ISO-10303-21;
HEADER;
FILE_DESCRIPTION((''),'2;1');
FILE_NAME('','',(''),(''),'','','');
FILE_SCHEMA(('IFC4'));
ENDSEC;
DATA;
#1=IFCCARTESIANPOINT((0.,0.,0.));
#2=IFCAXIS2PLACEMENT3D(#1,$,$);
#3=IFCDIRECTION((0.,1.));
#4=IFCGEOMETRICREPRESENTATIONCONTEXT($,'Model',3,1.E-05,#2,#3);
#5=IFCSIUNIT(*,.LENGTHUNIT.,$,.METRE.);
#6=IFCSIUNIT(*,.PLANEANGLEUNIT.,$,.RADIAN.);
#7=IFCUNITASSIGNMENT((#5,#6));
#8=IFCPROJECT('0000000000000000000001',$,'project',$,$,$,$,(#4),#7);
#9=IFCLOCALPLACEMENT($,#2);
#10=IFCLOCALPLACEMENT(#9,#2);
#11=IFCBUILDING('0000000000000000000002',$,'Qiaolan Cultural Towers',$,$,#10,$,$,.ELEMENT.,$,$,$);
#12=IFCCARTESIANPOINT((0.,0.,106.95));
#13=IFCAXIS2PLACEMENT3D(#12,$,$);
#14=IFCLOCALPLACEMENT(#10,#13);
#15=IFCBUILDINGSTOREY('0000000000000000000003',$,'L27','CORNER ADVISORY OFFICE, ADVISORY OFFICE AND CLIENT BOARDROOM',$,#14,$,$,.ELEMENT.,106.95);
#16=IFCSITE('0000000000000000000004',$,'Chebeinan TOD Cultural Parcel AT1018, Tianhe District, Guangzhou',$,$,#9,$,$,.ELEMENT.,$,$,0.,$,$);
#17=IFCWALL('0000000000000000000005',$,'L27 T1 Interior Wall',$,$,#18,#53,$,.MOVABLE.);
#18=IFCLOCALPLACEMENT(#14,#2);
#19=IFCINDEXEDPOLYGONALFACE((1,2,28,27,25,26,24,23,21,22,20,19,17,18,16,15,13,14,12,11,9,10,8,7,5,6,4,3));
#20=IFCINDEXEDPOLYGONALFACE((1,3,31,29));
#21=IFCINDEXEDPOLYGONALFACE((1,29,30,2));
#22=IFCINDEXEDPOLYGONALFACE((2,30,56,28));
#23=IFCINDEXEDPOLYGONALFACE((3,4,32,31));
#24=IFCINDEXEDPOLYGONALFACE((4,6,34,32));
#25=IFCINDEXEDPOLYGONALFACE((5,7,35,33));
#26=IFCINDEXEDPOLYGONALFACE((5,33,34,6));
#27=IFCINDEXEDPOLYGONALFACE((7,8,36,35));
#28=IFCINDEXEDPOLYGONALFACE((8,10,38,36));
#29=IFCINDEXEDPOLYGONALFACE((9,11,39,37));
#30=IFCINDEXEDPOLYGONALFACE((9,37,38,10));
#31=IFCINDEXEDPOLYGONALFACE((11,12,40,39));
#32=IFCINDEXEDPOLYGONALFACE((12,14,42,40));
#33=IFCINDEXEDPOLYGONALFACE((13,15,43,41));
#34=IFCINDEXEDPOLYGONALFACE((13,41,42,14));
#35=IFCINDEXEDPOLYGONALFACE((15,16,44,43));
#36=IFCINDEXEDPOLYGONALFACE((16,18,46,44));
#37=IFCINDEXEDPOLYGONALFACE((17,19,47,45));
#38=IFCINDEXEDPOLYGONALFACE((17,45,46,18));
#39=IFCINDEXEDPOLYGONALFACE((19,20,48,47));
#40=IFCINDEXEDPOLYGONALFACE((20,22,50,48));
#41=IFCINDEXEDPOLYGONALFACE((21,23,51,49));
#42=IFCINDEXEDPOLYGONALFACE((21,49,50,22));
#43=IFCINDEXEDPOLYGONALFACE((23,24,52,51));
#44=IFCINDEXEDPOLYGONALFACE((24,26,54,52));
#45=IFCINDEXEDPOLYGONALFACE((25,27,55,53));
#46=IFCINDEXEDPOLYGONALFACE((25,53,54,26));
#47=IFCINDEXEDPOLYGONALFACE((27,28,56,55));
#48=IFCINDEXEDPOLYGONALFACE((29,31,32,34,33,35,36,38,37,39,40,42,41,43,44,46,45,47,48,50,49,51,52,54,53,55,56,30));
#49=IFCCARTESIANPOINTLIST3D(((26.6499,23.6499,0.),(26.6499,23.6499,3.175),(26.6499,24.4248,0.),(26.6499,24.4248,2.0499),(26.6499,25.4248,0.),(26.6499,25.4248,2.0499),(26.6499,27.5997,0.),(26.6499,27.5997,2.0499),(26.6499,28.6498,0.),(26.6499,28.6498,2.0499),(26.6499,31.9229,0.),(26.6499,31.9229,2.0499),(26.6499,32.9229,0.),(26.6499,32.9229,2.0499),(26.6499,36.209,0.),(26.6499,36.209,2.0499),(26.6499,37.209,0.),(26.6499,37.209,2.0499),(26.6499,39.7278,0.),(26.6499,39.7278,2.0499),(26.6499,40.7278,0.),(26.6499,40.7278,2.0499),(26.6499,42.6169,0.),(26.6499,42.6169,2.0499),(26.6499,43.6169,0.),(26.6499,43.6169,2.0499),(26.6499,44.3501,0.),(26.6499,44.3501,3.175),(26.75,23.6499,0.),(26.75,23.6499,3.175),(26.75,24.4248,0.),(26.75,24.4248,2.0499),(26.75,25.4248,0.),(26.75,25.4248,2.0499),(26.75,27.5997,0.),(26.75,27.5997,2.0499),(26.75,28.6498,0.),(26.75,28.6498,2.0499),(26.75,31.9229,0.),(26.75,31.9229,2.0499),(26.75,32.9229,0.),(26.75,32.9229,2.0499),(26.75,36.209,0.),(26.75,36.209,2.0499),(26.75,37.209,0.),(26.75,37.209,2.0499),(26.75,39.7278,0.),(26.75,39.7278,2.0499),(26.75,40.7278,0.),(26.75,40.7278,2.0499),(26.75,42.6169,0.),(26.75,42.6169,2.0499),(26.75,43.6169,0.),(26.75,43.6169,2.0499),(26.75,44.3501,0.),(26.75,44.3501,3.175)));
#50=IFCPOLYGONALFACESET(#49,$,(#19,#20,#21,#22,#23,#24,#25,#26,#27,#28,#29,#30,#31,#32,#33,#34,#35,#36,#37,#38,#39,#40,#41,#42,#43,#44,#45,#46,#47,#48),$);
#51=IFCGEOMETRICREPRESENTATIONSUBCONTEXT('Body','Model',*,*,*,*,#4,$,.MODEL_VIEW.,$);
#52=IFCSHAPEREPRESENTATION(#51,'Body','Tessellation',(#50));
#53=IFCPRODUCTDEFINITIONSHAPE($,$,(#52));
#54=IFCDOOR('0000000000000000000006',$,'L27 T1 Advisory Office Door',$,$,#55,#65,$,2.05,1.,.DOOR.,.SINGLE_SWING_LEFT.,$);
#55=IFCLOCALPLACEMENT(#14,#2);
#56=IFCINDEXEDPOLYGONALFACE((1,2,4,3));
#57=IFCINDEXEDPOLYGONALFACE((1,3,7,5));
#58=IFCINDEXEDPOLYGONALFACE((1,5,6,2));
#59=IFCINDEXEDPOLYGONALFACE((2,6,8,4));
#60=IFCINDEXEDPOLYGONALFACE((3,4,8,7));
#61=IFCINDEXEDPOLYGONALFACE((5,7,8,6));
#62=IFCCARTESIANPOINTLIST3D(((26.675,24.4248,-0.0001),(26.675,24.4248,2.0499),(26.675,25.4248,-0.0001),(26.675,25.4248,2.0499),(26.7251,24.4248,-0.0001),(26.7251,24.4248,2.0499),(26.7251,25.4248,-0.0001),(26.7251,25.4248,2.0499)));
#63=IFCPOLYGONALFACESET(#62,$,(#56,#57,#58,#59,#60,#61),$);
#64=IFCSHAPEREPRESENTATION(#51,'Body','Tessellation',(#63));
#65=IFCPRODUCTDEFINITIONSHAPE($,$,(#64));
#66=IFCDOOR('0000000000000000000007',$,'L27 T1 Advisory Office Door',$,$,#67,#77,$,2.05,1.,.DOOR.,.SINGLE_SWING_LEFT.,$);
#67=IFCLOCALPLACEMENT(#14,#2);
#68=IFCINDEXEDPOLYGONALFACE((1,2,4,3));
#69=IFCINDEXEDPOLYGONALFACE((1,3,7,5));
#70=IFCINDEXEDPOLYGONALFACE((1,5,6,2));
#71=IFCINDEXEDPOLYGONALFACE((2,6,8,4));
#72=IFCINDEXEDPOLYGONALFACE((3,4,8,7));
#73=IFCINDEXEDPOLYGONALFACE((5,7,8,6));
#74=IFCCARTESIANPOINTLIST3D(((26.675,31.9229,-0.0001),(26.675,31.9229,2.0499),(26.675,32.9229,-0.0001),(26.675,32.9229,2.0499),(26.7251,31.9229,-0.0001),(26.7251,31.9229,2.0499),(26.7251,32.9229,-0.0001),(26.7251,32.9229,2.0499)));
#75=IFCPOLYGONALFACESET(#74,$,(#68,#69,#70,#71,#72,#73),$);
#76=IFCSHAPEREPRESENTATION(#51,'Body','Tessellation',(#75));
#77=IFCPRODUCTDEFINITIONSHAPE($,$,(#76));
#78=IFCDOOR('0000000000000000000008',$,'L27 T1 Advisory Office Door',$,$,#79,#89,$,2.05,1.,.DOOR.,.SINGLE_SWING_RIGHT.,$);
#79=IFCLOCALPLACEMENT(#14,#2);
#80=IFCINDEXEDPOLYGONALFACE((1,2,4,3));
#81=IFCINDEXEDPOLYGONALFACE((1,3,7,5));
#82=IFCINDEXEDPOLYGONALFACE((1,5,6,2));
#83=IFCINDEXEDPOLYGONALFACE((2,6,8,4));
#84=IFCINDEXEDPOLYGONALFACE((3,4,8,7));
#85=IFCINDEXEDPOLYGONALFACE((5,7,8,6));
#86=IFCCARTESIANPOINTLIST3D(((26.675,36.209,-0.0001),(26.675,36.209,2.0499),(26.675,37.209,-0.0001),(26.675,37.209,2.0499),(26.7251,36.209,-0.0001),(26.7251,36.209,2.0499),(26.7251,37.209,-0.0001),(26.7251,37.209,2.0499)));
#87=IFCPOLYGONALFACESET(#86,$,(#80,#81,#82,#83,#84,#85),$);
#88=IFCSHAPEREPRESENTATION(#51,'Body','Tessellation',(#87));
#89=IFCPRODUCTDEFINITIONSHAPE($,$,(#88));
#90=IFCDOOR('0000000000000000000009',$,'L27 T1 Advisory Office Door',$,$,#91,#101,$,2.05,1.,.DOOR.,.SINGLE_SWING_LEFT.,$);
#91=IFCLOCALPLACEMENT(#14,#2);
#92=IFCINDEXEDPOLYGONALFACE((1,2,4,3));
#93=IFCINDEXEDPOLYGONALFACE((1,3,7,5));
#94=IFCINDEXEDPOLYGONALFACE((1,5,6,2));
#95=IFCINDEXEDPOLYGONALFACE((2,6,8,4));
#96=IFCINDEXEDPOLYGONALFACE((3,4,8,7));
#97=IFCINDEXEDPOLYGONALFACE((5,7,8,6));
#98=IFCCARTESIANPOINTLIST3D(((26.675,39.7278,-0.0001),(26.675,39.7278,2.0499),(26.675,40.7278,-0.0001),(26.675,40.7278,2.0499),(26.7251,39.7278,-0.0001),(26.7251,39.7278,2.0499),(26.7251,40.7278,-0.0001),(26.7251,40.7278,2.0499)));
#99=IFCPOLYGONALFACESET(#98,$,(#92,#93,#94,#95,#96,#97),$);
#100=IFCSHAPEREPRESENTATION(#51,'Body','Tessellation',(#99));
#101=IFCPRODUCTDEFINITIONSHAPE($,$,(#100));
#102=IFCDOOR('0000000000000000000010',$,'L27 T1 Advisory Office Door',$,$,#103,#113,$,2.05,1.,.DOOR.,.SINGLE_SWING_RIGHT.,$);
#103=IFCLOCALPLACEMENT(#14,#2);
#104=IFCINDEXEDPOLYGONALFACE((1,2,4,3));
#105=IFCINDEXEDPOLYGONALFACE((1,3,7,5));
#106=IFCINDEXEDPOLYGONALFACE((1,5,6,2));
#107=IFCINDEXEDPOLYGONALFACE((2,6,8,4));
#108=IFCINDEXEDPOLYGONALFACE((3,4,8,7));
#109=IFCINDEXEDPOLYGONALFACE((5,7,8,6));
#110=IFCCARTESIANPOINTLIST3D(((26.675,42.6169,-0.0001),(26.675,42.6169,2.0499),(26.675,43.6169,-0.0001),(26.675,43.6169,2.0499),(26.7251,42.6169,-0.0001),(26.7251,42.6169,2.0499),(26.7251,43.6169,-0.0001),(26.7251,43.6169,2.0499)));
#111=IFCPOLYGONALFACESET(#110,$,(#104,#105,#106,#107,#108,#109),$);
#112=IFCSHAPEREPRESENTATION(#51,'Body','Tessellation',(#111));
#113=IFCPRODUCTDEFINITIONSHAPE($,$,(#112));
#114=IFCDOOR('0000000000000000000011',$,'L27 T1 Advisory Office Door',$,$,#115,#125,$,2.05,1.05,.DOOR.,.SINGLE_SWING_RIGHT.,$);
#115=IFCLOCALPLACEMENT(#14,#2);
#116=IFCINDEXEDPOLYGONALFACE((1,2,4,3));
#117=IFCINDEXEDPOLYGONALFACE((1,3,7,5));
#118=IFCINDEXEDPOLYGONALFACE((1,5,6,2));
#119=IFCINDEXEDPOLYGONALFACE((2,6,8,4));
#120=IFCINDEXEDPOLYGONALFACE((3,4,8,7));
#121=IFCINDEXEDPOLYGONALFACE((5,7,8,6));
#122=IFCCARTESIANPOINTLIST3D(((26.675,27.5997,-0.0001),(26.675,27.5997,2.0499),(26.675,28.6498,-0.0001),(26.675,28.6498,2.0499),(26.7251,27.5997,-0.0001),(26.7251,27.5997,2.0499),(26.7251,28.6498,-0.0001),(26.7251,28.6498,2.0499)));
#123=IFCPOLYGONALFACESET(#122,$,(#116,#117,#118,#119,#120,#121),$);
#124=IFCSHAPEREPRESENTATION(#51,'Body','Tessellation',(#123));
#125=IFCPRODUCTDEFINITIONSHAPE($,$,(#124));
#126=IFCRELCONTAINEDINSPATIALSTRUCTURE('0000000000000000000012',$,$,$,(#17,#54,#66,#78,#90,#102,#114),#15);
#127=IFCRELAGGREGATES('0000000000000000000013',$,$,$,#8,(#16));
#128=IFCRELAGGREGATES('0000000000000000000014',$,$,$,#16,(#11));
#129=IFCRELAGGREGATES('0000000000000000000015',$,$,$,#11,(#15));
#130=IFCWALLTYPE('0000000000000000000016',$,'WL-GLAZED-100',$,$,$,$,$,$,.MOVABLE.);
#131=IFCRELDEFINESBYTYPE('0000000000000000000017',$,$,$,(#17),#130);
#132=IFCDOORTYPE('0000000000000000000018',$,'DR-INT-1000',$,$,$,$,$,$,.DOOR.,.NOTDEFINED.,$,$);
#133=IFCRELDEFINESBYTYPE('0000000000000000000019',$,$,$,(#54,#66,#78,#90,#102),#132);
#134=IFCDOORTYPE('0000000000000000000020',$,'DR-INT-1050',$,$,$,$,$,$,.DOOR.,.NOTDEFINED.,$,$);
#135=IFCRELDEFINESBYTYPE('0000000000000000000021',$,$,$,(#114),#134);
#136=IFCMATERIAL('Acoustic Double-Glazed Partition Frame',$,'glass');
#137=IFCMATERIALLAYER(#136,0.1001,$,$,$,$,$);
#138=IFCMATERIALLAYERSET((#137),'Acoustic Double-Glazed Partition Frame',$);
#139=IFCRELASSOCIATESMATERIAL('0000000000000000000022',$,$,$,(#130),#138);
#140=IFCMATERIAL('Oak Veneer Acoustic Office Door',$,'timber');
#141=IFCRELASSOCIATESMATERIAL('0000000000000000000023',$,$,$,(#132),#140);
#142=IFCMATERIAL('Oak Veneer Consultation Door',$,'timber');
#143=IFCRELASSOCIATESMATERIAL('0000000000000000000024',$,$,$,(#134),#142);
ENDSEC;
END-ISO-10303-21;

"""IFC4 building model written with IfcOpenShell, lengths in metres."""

from ifc_helpers import new_model, si_unit, direction, frame, frame_2d, origin, place, context, subcontext, project, spatial, rectangle, extrude, material, layer, layer_set, type_object, element, fill, save


model = new_model("IFC4")

# Units and contexts
model_context = context("Model", 3, precision=1e-05, world=origin(), true_north=direction((0.0, 1.0)))
body_context = subcontext(model_context, "Body", "Model", "MODEL_VIEW")
ifc_project = project(units=[si_unit("LENGTHUNIT", "METRE"), si_unit("PLANEANGLEUNIT", "RADIAN")], contexts=[model_context])

# Site, building, storey
site_placement = place(None, origin())
site = spatial("IfcSite", under=ifc_project, at=site_placement, Name="Chebeinan TOD Cultural Parcel AT1018, Tianhe District, Guangzhou", CompositionType="ELEMENT", RefElevation=0.0)
building_placement = place(site_placement, origin())
building = spatial("IfcBuilding", under=site, at=building_placement, Name="Qiaolan Cultural Towers", CompositionType="ELEMENT")
storey_placement = place(building_placement, frame((0.0, 0.0, 106.95)))
storey = spatial("IfcBuildingStorey", under=building, at=storey_placement, Name="L27", Description="CORNER ADVISORY OFFICE, ADVISORY OFFICE AND CLIENT BOARDROOM", CompositionType="ELEMENT", Elevation=106.95)

# Shared definitions
ifc_material_1 = material(Name="Acoustic Double-Glazed Partition Frame", Category="glass")
ifc_layer_1 = layer(ifc_material_1, 0.1001)
ifc_layer_set_1 = layer_set([ifc_layer_1], Name="Acoustic Double-Glazed Partition Frame")
wall_type_1 = type_object("IfcWallType", Name="WL-GLAZED-100", PredefinedType="MOVABLE", material=ifc_layer_set_1)

# Wall, openings, doors
wall_1_placement = place(storey_placement, frame((26.7, 23.6499, 0.0), z_axis=(0.0, 0.0, 1.0), x_axis=(0.0, 1.0, 0.0)))
wall_1 = element("IfcWall", 1, at=wall_1_placement, inside=storey, type_object=wall_type_1, Name="L27 T1 Interior Wall", PredefinedType="MOVABLE", context=body_context, shape_type="SweptSolid", body=[
    extrude(rectangle(XDim=20.7002, YDim=0.1001, at=frame_2d((10.3501, 0.0))), origin(), (0.0, 0.0, 1.0), 3.175),
])
opening_1_placement = place(wall_1_placement, frame((0.7749, 0.0, 0.0)))
opening_1 = element("IfcOpeningElement", 2, at=opening_1_placement, cuts=wall_1, PredefinedType="OPENING", context=body_context, shape_type="SweptSolid", body=[
    extrude(rectangle(XDim=1.0, YDim=2.05, at=frame_2d((0.5, 1.0249))), frame((0.0, 0.0601, 0.0), z_axis=(0.0, -1.0, 0.0), x_axis=(1.0, 0.0, 0.0)), (0.0, 0.0, 1.0), 0.1201),
])
opening_2_placement = place(wall_1_placement, frame((3.95, 0.0, 0.0)))
opening_2 = element("IfcOpeningElement", 3, at=opening_2_placement, cuts=wall_1, PredefinedType="OPENING", context=body_context, shape_type="SweptSolid", body=[
    extrude(rectangle(XDim=1.05, YDim=2.05, at=frame_2d((0.5249, 1.0249))), frame((0.0, 0.0601, 0.0), z_axis=(0.0, -1.0, 0.0), x_axis=(1.0, 0.0, 0.0)), (0.0, 0.0, 1.0), 0.1201),
])
opening_3_placement = place(wall_1_placement, frame((8.2729, 0.0, 0.0)))
opening_3 = element("IfcOpeningElement", 4, at=opening_3_placement, cuts=wall_1, PredefinedType="OPENING", context=body_context, shape_type="SweptSolid", body=[
    extrude(rectangle(XDim=1.0, YDim=2.05, at=frame_2d((0.5, 1.0249))), frame((0.0, 0.0601, 0.0), z_axis=(0.0, -1.0, 0.0), x_axis=(1.0, 0.0, 0.0)), (0.0, 0.0, 1.0), 0.1201),
])
opening_4_placement = place(wall_1_placement, frame((12.5591, 0.0, 0.0)))
opening_4 = element("IfcOpeningElement", 5, at=opening_4_placement, cuts=wall_1, PredefinedType="OPENING", context=body_context, shape_type="SweptSolid", body=[
    extrude(rectangle(XDim=1.0, YDim=2.05, at=frame_2d((0.5, 1.0249))), frame((0.0, 0.0601, 0.0), z_axis=(0.0, -1.0, 0.0), x_axis=(1.0, 0.0, 0.0)), (0.0, 0.0, 1.0), 0.1201),
])
opening_5_placement = place(wall_1_placement, frame((16.0779, 0.0, 0.0)))
opening_5 = element("IfcOpeningElement", 6, at=opening_5_placement, cuts=wall_1, PredefinedType="OPENING", context=body_context, shape_type="SweptSolid", body=[
    extrude(rectangle(XDim=1.0, YDim=2.05, at=frame_2d((0.5, 1.0249))), frame((0.0, 0.0601, 0.0), z_axis=(0.0, -1.0, 0.0), x_axis=(1.0, 0.0, 0.0)), (0.0, 0.0, 1.0), 0.1201),
])
opening_6_placement = place(wall_1_placement, frame((18.967, 0.0, 0.0)))
opening_6 = element("IfcOpeningElement", 7, at=opening_6_placement, cuts=wall_1, PredefinedType="OPENING", context=body_context, shape_type="SweptSolid", body=[
    extrude(rectangle(XDim=1.0, YDim=2.05, at=frame_2d((0.5, 1.0249))), frame((0.0, 0.0601, 0.0), z_axis=(0.0, -1.0, 0.0), x_axis=(1.0, 0.0, 0.0)), (0.0, 0.0, 1.0), 0.1201),
])
ifc_material_2 = material(Name="Oak Veneer Acoustic Office Door", Category="timber")
door_type_1 = type_object("IfcDoorType", Name="DR-INT-1000", OperationType="NOTDEFINED", PredefinedType="DOOR", material=ifc_material_2)
door_1_placement = place(opening_1_placement, origin())
door_1 = element("IfcDoor", 8, at=door_1_placement, inside=storey, type_object=door_type_1, Name="L27 T1 Advisory Office Door", OperationType="SINGLE_SWING_LEFT", OverallHeight=2.05, OverallWidth=1.0, PredefinedType="DOOR", context=body_context, shape_type="SweptSolid", body=[
    extrude(rectangle(XDim=1.0, YDim=2.05, at=frame_2d((0.5, 1.0249))), frame((0.0, 0.0249, 0.0), z_axis=(0.0, -1.0, 0.0), x_axis=(1.0, 0.0, 0.0)), (0.0, 0.0, 1.0), 0.05),
])
fill(opening_1, door_1)
door_2_placement = place(opening_3_placement, origin())
door_2 = element("IfcDoor", 9, at=door_2_placement, inside=storey, type_object=door_type_1, Name="L27 T1 Advisory Office Door", OperationType="SINGLE_SWING_LEFT", OverallHeight=2.05, OverallWidth=1.0, PredefinedType="DOOR", context=body_context, shape_type="SweptSolid", body=[
    extrude(rectangle(XDim=1.0, YDim=2.05, at=frame_2d((0.5, 1.0249))), frame((0.0, 0.0249, 0.0), z_axis=(0.0, -1.0, 0.0), x_axis=(1.0, 0.0, 0.0)), (0.0, 0.0, 1.0), 0.05),
])
fill(opening_3, door_2)
door_3_placement = place(opening_4_placement, origin())
door_3 = element("IfcDoor", 10, at=door_3_placement, inside=storey, type_object=door_type_1, Name="L27 T1 Advisory Office Door", OperationType="SINGLE_SWING_RIGHT", OverallHeight=2.05, OverallWidth=1.0, PredefinedType="DOOR", context=body_context, shape_type="SweptSolid", body=[
    extrude(rectangle(XDim=1.0, YDim=2.05, at=frame_2d((0.5, 1.0249))), frame((0.0, 0.0249, 0.0), z_axis=(0.0, -1.0, 0.0), x_axis=(1.0, 0.0, 0.0)), (0.0, 0.0, 1.0), 0.05),
])
fill(opening_4, door_3)
door_4_placement = place(opening_5_placement, origin())
door_4 = element("IfcDoor", 11, at=door_4_placement, inside=storey, type_object=door_type_1, Name="L27 T1 Advisory Office Door", OperationType="SINGLE_SWING_LEFT", OverallHeight=2.05, OverallWidth=1.0, PredefinedType="DOOR", context=body_context, shape_type="SweptSolid", body=[
    extrude(rectangle(XDim=1.0, YDim=2.05, at=frame_2d((0.5, 1.0249))), frame((0.0, 0.0249, 0.0), z_axis=(0.0, -1.0, 0.0), x_axis=(1.0, 0.0, 0.0)), (0.0, 0.0, 1.0), 0.05),
])
fill(opening_5, door_4)
door_5_placement = place(opening_6_placement, origin())
door_5 = element("IfcDoor", 12, at=door_5_placement, inside=storey, type_object=door_type_1, Name="L27 T1 Advisory Office Door", OperationType="SINGLE_SWING_RIGHT", OverallHeight=2.05, OverallWidth=1.0, PredefinedType="DOOR", context=body_context, shape_type="SweptSolid", body=[
    extrude(rectangle(XDim=1.0, YDim=2.05, at=frame_2d((0.5, 1.0249))), frame((0.0, 0.0249, 0.0), z_axis=(0.0, -1.0, 0.0), x_axis=(1.0, 0.0, 0.0)), (0.0, 0.0, 1.0), 0.05),
])
fill(opening_6, door_5)
ifc_material_3 = material(Name="Oak Veneer Consultation Door", Category="timber")
door_type_2 = type_object("IfcDoorType", Name="DR-INT-1050", OperationType="NOTDEFINED", PredefinedType="DOOR", material=ifc_material_3)
door_6_placement = place(opening_2_placement, origin())
door_6 = element("IfcDoor", 13, at=door_6_placement, inside=storey, type_object=door_type_2, Name="L27 T1 Advisory Office Door", OperationType="SINGLE_SWING_RIGHT", OverallHeight=2.05, OverallWidth=1.05, PredefinedType="DOOR", context=body_context, shape_type="SweptSolid", body=[
    extrude(rectangle(XDim=1.05, YDim=2.05, at=frame_2d((0.5249, 1.0249))), frame((0.0, 0.0249, 0.0), z_axis=(0.0, -1.0, 0.0), x_axis=(1.0, 0.0, 0.0)), (0.0, 0.0, 1.0), 0.05),
])
fill(opening_2, door_6)

save(model, "model.ifc")
